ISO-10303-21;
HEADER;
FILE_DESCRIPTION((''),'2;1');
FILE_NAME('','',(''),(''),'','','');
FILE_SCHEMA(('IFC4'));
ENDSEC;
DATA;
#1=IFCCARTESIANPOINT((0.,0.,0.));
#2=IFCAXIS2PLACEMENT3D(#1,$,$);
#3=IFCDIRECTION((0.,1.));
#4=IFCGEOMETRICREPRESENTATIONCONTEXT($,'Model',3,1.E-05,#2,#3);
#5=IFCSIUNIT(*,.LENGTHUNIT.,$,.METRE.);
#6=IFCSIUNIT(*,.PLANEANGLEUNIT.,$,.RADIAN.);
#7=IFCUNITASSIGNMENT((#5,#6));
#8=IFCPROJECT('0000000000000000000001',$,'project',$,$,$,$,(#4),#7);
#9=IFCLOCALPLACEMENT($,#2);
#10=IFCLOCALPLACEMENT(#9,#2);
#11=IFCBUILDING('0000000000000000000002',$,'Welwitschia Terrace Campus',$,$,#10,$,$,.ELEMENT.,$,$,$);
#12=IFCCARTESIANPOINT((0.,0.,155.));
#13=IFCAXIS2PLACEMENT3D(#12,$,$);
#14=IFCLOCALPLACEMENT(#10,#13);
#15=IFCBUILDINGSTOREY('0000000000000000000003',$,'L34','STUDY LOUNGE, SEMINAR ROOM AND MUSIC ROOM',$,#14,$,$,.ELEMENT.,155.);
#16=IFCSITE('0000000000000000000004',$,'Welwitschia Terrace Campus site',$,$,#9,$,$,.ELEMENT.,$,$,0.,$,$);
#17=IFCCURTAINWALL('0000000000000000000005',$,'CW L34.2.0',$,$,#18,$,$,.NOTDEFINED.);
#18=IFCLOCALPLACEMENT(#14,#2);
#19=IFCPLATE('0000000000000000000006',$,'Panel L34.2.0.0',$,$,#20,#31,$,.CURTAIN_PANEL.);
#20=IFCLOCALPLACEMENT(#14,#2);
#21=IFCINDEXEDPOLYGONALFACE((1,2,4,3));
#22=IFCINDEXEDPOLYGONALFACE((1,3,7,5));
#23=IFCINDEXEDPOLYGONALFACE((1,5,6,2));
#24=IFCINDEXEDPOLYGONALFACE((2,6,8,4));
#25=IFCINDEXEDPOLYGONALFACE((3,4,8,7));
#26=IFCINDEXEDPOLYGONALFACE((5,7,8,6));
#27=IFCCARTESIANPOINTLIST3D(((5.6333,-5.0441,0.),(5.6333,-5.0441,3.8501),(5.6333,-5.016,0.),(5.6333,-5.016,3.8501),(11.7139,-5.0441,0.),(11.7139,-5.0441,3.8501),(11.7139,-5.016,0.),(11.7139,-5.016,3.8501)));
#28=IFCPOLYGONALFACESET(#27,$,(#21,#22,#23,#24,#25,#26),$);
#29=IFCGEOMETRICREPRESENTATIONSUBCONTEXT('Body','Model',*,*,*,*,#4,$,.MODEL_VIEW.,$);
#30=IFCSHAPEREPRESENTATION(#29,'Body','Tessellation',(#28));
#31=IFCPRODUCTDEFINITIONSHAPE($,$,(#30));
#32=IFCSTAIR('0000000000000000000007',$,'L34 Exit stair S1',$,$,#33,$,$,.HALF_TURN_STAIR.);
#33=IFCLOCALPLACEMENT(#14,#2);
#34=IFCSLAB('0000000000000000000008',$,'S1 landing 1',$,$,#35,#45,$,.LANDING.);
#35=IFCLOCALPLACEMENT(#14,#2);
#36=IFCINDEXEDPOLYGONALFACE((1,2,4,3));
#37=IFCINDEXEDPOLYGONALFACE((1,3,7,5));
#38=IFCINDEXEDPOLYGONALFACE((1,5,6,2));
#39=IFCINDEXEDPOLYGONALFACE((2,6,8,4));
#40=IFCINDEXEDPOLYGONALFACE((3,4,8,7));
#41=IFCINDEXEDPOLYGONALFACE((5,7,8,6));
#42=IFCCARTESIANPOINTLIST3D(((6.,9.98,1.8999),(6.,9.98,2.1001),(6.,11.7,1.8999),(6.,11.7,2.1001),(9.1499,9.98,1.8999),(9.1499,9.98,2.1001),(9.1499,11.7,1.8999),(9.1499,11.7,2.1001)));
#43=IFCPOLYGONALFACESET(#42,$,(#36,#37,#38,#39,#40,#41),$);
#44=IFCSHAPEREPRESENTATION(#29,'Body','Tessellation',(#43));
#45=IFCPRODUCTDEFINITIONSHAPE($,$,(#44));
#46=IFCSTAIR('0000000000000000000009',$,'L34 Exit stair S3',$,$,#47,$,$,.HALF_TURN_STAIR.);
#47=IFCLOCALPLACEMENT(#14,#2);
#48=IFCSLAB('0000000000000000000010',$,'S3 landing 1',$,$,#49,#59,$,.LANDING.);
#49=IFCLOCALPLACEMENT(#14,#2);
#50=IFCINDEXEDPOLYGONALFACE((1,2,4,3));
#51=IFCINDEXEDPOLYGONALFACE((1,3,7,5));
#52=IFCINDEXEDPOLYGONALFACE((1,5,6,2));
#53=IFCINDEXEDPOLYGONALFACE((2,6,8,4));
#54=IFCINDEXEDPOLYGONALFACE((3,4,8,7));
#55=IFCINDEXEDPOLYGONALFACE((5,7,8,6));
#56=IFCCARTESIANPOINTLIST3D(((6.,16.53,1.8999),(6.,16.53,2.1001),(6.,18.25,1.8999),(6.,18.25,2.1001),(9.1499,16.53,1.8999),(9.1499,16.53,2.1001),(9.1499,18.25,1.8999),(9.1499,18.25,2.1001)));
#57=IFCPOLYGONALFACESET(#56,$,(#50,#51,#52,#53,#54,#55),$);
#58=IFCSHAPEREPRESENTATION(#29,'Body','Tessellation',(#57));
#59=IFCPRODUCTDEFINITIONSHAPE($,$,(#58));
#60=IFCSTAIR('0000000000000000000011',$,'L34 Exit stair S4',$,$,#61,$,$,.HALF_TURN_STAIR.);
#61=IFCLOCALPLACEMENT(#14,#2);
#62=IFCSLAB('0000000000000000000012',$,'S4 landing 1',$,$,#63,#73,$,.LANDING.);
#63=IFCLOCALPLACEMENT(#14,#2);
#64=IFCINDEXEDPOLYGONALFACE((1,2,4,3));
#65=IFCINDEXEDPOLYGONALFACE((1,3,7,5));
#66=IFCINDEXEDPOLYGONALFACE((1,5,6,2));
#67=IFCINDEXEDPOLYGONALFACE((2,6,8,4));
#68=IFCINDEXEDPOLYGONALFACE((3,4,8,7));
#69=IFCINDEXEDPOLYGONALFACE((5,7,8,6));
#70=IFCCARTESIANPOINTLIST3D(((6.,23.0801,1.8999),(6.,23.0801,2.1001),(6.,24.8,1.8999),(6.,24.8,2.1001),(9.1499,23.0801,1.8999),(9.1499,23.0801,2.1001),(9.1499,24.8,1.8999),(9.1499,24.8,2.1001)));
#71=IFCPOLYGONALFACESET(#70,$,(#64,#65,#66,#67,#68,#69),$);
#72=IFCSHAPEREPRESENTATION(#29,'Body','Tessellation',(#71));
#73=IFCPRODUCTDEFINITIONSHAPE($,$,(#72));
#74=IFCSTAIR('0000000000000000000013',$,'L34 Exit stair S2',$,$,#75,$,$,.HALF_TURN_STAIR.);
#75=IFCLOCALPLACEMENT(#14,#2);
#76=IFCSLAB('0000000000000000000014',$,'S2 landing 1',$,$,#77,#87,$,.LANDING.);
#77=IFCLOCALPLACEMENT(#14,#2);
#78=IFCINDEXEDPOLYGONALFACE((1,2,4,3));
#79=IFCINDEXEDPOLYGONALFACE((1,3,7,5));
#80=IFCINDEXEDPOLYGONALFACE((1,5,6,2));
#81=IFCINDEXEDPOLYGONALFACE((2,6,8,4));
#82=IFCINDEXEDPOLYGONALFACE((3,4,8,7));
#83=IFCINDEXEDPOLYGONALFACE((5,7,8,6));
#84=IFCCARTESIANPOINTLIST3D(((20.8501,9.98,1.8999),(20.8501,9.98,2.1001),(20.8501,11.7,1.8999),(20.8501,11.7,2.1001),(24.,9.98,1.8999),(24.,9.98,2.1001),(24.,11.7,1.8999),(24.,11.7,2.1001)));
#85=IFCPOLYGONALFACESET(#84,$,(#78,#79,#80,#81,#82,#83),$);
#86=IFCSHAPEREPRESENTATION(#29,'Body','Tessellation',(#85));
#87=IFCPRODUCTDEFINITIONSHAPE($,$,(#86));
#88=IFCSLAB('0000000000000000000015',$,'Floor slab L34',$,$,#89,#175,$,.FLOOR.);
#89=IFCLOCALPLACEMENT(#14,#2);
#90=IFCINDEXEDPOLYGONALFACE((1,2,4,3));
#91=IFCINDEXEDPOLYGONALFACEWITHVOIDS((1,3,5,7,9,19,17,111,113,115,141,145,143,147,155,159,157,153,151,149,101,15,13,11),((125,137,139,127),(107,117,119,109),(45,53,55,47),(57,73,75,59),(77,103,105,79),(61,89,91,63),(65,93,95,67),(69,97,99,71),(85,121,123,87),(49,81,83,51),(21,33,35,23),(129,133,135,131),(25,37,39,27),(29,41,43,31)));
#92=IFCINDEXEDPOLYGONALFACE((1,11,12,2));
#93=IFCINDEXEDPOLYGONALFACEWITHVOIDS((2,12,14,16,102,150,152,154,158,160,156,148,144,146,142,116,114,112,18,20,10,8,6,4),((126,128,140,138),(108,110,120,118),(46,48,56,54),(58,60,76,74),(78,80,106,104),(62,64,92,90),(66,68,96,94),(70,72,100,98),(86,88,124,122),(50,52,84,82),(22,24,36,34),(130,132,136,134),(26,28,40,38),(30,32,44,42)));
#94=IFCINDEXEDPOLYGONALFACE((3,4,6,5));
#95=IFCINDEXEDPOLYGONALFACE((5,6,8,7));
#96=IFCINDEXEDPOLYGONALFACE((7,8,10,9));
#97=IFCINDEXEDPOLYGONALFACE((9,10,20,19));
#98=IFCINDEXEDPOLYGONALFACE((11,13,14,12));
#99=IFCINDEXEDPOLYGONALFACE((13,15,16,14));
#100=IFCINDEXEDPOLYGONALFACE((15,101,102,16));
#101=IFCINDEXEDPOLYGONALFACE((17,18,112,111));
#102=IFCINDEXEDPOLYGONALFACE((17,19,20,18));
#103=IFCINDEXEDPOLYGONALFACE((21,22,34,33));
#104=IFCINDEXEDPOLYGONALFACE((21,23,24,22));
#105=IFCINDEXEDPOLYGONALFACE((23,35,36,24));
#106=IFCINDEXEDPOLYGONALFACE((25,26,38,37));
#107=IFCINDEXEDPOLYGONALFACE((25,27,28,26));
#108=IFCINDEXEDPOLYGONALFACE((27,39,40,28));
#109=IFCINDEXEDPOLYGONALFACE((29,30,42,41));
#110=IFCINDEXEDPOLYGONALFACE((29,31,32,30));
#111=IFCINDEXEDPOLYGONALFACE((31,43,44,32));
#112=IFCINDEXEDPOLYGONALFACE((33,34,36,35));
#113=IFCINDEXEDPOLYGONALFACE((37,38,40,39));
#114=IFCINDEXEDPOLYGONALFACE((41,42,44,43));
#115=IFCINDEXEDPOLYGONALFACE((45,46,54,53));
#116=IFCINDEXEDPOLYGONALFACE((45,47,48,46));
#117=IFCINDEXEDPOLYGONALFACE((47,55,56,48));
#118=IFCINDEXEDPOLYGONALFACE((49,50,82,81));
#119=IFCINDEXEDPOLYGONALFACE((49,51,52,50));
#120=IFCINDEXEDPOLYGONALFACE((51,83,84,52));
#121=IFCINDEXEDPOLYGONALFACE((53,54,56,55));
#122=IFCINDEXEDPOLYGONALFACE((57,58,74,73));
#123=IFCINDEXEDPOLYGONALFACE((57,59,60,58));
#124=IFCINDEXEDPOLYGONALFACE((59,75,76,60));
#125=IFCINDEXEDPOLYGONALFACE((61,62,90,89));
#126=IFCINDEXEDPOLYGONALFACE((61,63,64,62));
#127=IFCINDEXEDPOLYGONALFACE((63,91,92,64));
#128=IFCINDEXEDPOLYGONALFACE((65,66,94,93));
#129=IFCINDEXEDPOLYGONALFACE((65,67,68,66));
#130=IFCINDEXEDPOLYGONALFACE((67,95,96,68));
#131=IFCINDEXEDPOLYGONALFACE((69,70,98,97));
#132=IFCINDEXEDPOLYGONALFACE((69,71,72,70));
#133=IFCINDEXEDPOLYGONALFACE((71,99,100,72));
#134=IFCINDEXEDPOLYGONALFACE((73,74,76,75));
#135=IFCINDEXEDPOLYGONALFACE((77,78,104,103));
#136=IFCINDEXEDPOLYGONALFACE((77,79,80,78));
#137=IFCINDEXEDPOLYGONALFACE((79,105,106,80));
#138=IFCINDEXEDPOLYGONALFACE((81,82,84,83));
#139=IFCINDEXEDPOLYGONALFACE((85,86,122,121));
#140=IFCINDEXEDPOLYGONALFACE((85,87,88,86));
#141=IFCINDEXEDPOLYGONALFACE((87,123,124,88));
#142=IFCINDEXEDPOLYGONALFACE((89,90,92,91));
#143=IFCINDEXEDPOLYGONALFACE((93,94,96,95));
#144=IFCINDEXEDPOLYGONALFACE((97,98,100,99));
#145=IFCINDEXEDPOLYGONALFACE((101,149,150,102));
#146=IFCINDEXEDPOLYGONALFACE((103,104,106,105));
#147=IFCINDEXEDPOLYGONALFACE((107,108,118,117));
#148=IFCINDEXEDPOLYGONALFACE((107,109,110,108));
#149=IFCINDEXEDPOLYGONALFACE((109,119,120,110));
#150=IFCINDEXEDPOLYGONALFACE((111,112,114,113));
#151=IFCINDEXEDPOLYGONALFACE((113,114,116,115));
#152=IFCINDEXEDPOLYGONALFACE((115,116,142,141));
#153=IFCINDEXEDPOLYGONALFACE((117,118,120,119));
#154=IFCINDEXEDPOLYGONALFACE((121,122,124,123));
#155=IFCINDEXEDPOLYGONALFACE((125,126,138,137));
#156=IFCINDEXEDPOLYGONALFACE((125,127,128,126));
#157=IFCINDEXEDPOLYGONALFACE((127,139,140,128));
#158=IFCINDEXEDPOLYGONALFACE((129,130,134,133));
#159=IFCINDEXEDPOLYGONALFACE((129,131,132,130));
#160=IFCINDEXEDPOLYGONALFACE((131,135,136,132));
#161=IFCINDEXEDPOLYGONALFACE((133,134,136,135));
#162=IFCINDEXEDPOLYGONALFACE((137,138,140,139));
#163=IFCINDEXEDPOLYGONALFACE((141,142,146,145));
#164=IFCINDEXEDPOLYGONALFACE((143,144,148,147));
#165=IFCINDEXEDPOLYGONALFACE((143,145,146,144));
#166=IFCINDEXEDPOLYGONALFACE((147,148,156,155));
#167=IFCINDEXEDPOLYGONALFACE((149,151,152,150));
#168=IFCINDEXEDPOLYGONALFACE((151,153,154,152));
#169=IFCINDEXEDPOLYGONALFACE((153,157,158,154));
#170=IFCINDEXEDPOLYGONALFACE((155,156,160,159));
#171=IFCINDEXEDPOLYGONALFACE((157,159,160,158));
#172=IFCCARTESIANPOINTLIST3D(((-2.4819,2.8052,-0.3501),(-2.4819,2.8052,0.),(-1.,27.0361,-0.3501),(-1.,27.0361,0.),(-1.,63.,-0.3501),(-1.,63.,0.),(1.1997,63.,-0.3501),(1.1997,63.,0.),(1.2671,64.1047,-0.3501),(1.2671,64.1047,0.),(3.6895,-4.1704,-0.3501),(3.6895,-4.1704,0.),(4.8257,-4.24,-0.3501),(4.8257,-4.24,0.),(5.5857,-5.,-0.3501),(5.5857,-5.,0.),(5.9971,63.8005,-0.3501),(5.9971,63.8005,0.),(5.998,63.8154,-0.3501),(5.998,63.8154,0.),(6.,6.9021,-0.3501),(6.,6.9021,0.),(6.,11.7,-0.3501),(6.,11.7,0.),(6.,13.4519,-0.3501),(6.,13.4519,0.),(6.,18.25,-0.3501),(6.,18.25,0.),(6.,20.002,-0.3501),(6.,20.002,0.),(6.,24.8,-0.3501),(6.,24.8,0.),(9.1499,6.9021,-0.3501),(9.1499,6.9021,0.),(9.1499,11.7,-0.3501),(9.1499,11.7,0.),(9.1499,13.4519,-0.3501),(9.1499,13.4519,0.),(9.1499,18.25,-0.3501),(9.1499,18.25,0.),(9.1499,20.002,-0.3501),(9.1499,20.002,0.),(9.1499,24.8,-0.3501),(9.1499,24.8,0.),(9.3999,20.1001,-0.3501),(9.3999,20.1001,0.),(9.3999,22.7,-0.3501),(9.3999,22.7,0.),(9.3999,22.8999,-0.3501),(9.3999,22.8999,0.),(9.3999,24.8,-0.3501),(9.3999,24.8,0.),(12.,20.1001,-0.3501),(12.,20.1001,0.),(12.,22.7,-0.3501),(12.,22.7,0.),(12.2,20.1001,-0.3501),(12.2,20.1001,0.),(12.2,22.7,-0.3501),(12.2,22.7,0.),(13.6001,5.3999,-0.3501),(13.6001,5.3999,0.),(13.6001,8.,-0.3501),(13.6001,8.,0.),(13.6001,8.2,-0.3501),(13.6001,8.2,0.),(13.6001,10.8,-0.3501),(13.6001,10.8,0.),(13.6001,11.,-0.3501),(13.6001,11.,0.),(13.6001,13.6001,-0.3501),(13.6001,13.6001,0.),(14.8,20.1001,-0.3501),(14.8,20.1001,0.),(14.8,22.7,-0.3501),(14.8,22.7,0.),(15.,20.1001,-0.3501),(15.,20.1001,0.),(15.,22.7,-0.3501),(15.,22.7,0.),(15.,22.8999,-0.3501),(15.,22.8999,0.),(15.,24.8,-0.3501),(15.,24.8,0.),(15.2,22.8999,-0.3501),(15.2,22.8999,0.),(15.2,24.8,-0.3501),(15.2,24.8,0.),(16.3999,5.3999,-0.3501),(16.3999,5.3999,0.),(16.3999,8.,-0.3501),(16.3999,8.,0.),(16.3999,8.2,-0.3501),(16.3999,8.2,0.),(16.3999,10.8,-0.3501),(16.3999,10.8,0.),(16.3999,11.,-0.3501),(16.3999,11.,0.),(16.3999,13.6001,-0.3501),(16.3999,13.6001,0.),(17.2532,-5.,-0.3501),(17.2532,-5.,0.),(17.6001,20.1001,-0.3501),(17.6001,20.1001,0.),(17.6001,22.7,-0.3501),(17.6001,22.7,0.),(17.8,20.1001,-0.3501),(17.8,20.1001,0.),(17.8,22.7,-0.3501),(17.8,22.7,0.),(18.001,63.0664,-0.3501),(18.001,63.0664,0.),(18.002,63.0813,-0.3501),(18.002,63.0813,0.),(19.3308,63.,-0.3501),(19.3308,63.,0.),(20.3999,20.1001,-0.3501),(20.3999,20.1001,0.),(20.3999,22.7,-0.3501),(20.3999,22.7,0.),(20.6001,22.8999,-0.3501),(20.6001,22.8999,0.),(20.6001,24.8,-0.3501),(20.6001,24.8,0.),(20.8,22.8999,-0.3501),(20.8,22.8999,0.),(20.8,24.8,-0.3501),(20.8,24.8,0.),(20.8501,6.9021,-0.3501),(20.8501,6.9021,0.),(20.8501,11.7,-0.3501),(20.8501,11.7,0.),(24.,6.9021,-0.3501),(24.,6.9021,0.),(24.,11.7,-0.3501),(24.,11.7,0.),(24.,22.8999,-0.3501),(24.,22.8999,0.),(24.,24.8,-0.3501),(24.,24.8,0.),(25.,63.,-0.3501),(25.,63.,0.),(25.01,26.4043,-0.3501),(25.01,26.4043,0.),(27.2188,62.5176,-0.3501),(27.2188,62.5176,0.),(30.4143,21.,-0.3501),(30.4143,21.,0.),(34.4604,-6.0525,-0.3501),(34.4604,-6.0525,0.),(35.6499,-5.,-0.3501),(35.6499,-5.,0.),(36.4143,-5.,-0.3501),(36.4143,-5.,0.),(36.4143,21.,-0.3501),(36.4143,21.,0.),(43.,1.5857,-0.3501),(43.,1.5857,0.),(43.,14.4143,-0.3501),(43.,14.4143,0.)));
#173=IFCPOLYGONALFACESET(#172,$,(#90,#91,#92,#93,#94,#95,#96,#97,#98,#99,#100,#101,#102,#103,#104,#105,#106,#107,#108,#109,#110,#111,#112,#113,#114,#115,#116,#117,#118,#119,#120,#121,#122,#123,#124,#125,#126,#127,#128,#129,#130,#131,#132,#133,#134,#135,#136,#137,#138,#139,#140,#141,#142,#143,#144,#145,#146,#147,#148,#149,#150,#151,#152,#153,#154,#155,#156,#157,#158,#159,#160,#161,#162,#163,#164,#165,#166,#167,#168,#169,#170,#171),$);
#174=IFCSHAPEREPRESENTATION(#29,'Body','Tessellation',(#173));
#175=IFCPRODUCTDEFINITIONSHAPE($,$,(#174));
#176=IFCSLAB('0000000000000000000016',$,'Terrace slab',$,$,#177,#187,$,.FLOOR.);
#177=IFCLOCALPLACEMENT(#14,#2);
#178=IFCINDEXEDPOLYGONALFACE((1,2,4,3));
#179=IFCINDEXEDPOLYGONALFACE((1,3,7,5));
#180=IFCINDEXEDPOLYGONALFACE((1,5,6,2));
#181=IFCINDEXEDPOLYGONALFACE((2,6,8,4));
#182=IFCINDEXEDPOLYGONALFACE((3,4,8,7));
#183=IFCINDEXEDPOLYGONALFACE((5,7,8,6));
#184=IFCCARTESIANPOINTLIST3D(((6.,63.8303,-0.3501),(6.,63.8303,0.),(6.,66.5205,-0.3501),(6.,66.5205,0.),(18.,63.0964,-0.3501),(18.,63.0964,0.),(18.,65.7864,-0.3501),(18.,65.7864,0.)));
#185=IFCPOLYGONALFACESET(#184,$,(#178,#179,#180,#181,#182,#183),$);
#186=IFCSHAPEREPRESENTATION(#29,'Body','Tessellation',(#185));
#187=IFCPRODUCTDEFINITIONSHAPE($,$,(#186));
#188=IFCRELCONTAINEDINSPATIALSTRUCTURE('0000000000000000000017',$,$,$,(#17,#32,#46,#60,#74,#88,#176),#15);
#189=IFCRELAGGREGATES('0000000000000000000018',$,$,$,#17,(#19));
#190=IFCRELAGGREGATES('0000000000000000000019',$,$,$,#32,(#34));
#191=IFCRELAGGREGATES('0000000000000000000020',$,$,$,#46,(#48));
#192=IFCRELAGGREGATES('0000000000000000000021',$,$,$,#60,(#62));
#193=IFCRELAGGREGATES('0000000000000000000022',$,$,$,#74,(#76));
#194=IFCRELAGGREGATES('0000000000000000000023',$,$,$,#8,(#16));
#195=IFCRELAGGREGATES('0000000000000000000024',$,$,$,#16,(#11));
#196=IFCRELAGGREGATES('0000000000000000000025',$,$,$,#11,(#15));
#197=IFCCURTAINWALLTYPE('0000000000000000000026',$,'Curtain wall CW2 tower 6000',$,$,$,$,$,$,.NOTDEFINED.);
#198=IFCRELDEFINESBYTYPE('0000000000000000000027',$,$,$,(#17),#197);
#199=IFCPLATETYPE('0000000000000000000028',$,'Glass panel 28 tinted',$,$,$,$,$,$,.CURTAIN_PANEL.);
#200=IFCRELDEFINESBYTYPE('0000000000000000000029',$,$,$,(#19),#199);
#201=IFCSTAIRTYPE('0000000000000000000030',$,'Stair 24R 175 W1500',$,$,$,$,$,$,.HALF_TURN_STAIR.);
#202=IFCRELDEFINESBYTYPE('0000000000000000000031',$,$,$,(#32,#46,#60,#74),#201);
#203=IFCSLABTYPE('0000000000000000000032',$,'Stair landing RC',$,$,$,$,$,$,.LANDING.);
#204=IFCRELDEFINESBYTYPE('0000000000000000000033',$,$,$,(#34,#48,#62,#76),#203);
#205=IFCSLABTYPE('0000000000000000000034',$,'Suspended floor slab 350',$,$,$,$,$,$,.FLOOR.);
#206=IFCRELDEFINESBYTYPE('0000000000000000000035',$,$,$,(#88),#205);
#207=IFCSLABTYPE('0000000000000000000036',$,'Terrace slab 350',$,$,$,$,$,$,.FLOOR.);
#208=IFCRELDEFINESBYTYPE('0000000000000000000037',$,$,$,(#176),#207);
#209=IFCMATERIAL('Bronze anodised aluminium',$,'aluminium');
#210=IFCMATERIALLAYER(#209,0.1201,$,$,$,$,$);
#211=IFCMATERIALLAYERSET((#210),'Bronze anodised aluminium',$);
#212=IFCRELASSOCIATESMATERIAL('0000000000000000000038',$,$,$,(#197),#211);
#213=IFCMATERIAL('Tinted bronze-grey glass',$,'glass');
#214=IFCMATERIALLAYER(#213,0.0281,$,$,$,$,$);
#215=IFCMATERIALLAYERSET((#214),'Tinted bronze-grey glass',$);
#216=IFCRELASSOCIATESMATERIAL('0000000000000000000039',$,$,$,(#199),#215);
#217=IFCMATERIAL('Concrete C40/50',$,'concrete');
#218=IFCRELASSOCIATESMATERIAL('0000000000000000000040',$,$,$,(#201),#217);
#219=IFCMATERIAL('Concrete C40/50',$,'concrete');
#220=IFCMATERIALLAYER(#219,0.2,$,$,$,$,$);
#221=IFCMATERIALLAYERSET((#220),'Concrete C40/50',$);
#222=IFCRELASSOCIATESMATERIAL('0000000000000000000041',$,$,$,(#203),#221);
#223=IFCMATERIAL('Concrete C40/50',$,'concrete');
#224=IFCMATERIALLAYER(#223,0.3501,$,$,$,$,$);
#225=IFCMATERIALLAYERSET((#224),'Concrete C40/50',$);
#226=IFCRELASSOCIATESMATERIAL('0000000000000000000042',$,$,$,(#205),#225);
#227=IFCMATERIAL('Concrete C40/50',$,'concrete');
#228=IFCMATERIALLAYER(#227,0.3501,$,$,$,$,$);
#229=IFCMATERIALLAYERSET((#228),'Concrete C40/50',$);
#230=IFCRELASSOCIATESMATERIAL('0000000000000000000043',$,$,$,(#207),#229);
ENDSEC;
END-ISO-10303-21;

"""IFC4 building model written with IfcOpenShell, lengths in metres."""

from ifc_helpers import new_model, si_unit, direction, frame, origin, origin_2d, place, context, subcontext, project, spatial, polyline, rectangle, outline, extrude, material, layer, layer_set, type_object, element, aggregate, save


model = new_model("IFC4")

# Units and contexts
model_context = context("Model", 3, precision=1e-05, world=origin(), true_north=direction((0.0, 1.0)))
body_context = subcontext(model_context, "Body", "Model", "MODEL_VIEW")
ifc_project = project(units=[si_unit("LENGTHUNIT", "METRE"), si_unit("PLANEANGLEUNIT", "RADIAN")], contexts=[model_context])

# Site, building, storey
site_placement = place(None, origin())
site = spatial("IfcSite", under=ifc_project, at=site_placement, Name="Welwitschia Terrace Campus site", CompositionType="ELEMENT", RefElevation=0.0)
building_placement = place(site_placement, origin())
building = spatial("IfcBuilding", under=site, at=building_placement, Name="Welwitschia Terrace Campus", CompositionType="ELEMENT")
storey_placement = place(building_placement, frame((0.0, 0.0, 155.0)))
storey = spatial("IfcBuildingStorey", under=building, at=storey_placement, Name="L34", Description="STUDY LOUNGE, SEMINAR ROOM AND MUSIC ROOM", CompositionType="ELEMENT", Elevation=155.0)

# Shared definitions
ifc_material_1 = material(Name="Bronze anodised aluminium", Category="aluminium")
ifc_layer_1 = layer(ifc_material_1, 0.1201)
ifc_layer_set_1 = layer_set([ifc_layer_1], Name="Bronze anodised aluminium")
curtain_wall_type = type_object("IfcCurtainWallType", Name="Curtain wall CW2 tower 6000", PredefinedType="NOTDEFINED", material=ifc_layer_set_1)

# Curtain wall
curtain_wall_1_placement = place(storey_placement, origin())
curtain_wall_1 = element("IfcCurtainWall", 1, at=curtain_wall_1_placement, inside=storey, type_object=curtain_wall_type, Name="CW L34.2.0", PredefinedType="NOTDEFINED")

# Plate
ifc_material_2 = material(Name="Tinted bronze-grey glass", Category="glass")
ifc_layer_2 = layer(ifc_material_2, 0.0281)
ifc_layer_set_2 = layer_set([ifc_layer_2], Name="Tinted bronze-grey glass")
plate_type = type_object("IfcPlateType", Name="Glass panel 28 tinted", PredefinedType="CURTAIN_PANEL", material=ifc_layer_set_2)
plate_1_placement = place(storey_placement, frame((8.6736, -5.03, 0.0), z_axis=(0.0, 0.0, 1.0), x_axis=(1.0, 0.0, 0.0)))
plate_1 = element("IfcPlate", 2, at=plate_1_placement, type_object=plate_type, Name="Panel L34.2.0.0", PredefinedType="CURTAIN_PANEL", context=body_context, shape_type="SweptSolid", body=[
    extrude(rectangle(XDim=6.0806, YDim=0.0281, at=origin_2d()), origin(), (0.0, 0.0, 1.0), 3.8501),
])
aggregate(curtain_wall_1, [plate_1])

# Stairs, slabs
ifc_material_3 = material(Name="Concrete C40/50", Category="concrete")
stair_type = type_object("IfcStairType", Name="Stair 24R 175 W1500", PredefinedType="HALF_TURN_STAIR", material=ifc_material_3)
stair_1_placement = place(storey_placement, origin())
stair_1 = element("IfcStair", 3, at=stair_1_placement, inside=storey, type_object=stair_type, Name="L34 Exit stair S1", PredefinedType="HALF_TURN_STAIR")
ifc_material_4 = material(Name="Concrete C40/50", Category="concrete")
ifc_layer_3 = layer(ifc_material_4, 0.2)
ifc_layer_set_3 = layer_set([ifc_layer_3], Name="Concrete C40/50")
slab_type_1 = type_object("IfcSlabType", Name="Stair landing RC", PredefinedType="LANDING", material=ifc_layer_set_3)
slab_1_placement = place(storey_placement, frame((0.0, 0.0, 1.8999)))
slab_1 = element("IfcSlab", 4, at=slab_1_placement, type_object=slab_type_1, Name="S1 landing 1", PredefinedType="LANDING", context=body_context, shape_type="SweptSolid", body=[
    extrude(outline(polyline([(9.1499, 9.98), (9.1499, 11.7), (6.0, 11.7), (6.0, 9.98), (9.1499, 9.98)])), origin(), (0.0, 0.0, 1.0), 0.2002),
])
aggregate(stair_1, [slab_1])
stair_2_placement = place(storey_placement, origin())
stair_2 = element("IfcStair", 5, at=stair_2_placement, inside=storey, type_object=stair_type, Name="L34 Exit stair S3", PredefinedType="HALF_TURN_STAIR")
slab_2_placement = place(storey_placement, frame((0.0, 0.0, 1.8999)))
slab_2 = element("IfcSlab", 6, at=slab_2_placement, type_object=slab_type_1, Name="S3 landing 1", PredefinedType="LANDING", context=body_context, shape_type="SweptSolid", body=[
    extrude(outline(polyline([(9.1499, 16.53), (9.1499, 18.25), (6.0, 18.25), (6.0, 16.53), (9.1499, 16.53)])), origin(), (0.0, 0.0, 1.0), 0.2002),
])
aggregate(stair_2, [slab_2])
stair_3_placement = place(storey_placement, origin())
stair_3 = element("IfcStair", 7, at=stair_3_placement, inside=storey, type_object=stair_type, Name="L34 Exit stair S4", PredefinedType="HALF_TURN_STAIR")
slab_3_placement = place(storey_placement, frame((0.0, 0.0, 1.8999)))
slab_3 = element("IfcSlab", 8, at=slab_3_placement, type_object=slab_type_1, Name="S4 landing 1", PredefinedType="LANDING", context=body_context, shape_type="SweptSolid", body=[
    extrude(outline(polyline([(9.1499, 23.0801), (9.1499, 24.8), (6.0, 24.8), (6.0, 23.0801), (9.1499, 23.0801)])), origin(), (0.0, 0.0, 1.0), 0.2002),
])
aggregate(stair_3, [slab_3])
stair_4_placement = place(storey_placement, origin())
stair_4 = element("IfcStair", 9, at=stair_4_placement, inside=storey, type_object=stair_type, Name="L34 Exit stair S2", PredefinedType="HALF_TURN_STAIR")
slab_4_placement = place(storey_placement, frame((0.0, 0.0, 1.8999)))
slab_4 = element("IfcSlab", 10, at=slab_4_placement, type_object=slab_type_1, Name="S2 landing 1", PredefinedType="LANDING", context=body_context, shape_type="SweptSolid", body=[
    extrude(outline(polyline([(24.0, 9.98), (24.0, 11.7), (20.8501, 11.7), (20.8501, 9.98), (24.0, 9.98)])), origin(), (0.0, 0.0, 1.0), 0.2002),
])
aggregate(stair_4, [slab_4])

# Slabs
ifc_material_5 = material(Name="Concrete C40/50", Category="concrete")
ifc_layer_4 = layer(ifc_material_5, 0.3501)
ifc_layer_set_4 = layer_set([ifc_layer_4], Name="Concrete C40/50")
slab_type_2 = type_object("IfcSlabType", Name="Suspended floor slab 350", PredefinedType="FLOOR", material=ifc_layer_set_4)
slab_5_placement = place(storey_placement, frame((0.0, 0.0, -0.3501)))
element("IfcSlab", 11, at=slab_5_placement, inside=storey, type_object=slab_type_2, Name="Floor slab L34", PredefinedType="FLOOR", context=body_context, shape_type="SweptSolid", body=[
    extrude(outline(polyline([(1.2671, 64.1047), (5.998, 63.8154), (5.9971, 63.8005), (18.001, 63.0664), (18.002, 63.0813), (19.3308, 63.0), (25.0, 63.0), (27.2188, 62.5176), (25.01, 26.4043), (30.4143, 21.0), (36.4143, 21.0), (43.0, 14.4143), (43.0, 1.5857), (36.4143, -5.0), (35.6499, -5.0), (34.4604, -6.0525), (17.2532, -5.0), (5.5857, -5.0), (4.8257, -4.24), (3.6895, -4.1704), (-2.4819, 2.8052), (-1.0, 27.0361), (-1.0, 63.0), (1.1997, 63.0), (1.2671, 64.1047)]), holes=[polyline([(13.6001, 5.3999), (16.3999, 5.3999), (16.3999, 8.0), (13.6001, 8.0), (13.6001, 5.3999)]), polyline([(6.0, 11.7), (6.0, 6.9021), (9.1499, 6.9021), (9.1499, 11.7), (6.0, 11.7)]), polyline([(6.0, 18.25), (6.0, 13.4519), (9.1499, 13.4519), (9.1499, 18.25), (6.0, 18.25)]), polyline([(9.3999, 22.7), (9.3999, 20.1001), (12.0, 20.1001), (12.0, 22.7), (9.3999, 22.7)]), polyline([(12.2, 22.7), (12.2, 20.1001), (14.8, 20.1001), (14.8, 22.7), (12.2, 22.7)]), polyline([(6.0, 24.8), (6.0, 20.002), (9.1499, 20.002), (9.1499, 24.8), (6.0, 24.8)]), polyline([(9.3999, 24.8), (9.3999, 22.8999), (15.0, 22.8999), (15.0, 24.8), (9.3999, 24.8)]), polyline([(20.8501, 6.9021), (24.0, 6.9021), (24.0, 11.7), (20.8501, 11.7), (20.8501, 6.9021)]), polyline([(13.6001, 10.8), (13.6001, 8.2), (16.3999, 8.2), (16.3999, 10.8), (13.6001, 10.8)]), polyline([(13.6001, 13.6001), (13.6001, 11.0), (16.3999, 11.0), (16.3999, 13.6001), (13.6001, 13.6001)]), polyline([(15.0, 22.7), (15.0, 20.1001), (17.6001, 20.1001), (17.6001, 22.7), (15.0, 22.7)]), polyline([(17.8, 22.7), (17.8, 20.1001), (20.3999, 20.1001), (20.3999, 22.7), (17.8, 22.7)]), polyline([(15.2, 24.8), (15.2, 22.8999), (20.6001, 22.8999), (20.6001, 24.8), (15.2, 24.8)]), polyline([(20.8, 24.8), (20.8, 22.8999), (24.0, 22.8999), (24.0, 24.8), (20.8, 24.8)])]), origin(), (0.0, 0.0, 1.0), 0.3501),
])
ifc_material_6 = material(Name="Concrete C40/50", Category="concrete")
ifc_layer_5 = layer(ifc_material_6, 0.3501)
ifc_layer_set_5 = layer_set([ifc_layer_5], Name="Concrete C40/50")
slab_type_3 = type_object("IfcSlabType", Name="Terrace slab 350", PredefinedType="FLOOR", material=ifc_layer_set_5)
slab_6_placement = place(storey_placement, frame((0.0, 0.0, -0.3501)))
element("IfcSlab", 12, at=slab_6_placement, inside=storey, type_object=slab_type_3, Name="Terrace slab", PredefinedType="FLOOR", context=body_context, shape_type="SweptSolid", body=[
    extrude(outline(polyline([(6.0, 66.5205), (18.0, 65.7864), (18.0, 63.0964), (6.0, 63.8303), (6.0, 66.5205)])), origin(), (0.0, 0.0, 1.0), 0.3501),
])

save(model, "model.ifc")
